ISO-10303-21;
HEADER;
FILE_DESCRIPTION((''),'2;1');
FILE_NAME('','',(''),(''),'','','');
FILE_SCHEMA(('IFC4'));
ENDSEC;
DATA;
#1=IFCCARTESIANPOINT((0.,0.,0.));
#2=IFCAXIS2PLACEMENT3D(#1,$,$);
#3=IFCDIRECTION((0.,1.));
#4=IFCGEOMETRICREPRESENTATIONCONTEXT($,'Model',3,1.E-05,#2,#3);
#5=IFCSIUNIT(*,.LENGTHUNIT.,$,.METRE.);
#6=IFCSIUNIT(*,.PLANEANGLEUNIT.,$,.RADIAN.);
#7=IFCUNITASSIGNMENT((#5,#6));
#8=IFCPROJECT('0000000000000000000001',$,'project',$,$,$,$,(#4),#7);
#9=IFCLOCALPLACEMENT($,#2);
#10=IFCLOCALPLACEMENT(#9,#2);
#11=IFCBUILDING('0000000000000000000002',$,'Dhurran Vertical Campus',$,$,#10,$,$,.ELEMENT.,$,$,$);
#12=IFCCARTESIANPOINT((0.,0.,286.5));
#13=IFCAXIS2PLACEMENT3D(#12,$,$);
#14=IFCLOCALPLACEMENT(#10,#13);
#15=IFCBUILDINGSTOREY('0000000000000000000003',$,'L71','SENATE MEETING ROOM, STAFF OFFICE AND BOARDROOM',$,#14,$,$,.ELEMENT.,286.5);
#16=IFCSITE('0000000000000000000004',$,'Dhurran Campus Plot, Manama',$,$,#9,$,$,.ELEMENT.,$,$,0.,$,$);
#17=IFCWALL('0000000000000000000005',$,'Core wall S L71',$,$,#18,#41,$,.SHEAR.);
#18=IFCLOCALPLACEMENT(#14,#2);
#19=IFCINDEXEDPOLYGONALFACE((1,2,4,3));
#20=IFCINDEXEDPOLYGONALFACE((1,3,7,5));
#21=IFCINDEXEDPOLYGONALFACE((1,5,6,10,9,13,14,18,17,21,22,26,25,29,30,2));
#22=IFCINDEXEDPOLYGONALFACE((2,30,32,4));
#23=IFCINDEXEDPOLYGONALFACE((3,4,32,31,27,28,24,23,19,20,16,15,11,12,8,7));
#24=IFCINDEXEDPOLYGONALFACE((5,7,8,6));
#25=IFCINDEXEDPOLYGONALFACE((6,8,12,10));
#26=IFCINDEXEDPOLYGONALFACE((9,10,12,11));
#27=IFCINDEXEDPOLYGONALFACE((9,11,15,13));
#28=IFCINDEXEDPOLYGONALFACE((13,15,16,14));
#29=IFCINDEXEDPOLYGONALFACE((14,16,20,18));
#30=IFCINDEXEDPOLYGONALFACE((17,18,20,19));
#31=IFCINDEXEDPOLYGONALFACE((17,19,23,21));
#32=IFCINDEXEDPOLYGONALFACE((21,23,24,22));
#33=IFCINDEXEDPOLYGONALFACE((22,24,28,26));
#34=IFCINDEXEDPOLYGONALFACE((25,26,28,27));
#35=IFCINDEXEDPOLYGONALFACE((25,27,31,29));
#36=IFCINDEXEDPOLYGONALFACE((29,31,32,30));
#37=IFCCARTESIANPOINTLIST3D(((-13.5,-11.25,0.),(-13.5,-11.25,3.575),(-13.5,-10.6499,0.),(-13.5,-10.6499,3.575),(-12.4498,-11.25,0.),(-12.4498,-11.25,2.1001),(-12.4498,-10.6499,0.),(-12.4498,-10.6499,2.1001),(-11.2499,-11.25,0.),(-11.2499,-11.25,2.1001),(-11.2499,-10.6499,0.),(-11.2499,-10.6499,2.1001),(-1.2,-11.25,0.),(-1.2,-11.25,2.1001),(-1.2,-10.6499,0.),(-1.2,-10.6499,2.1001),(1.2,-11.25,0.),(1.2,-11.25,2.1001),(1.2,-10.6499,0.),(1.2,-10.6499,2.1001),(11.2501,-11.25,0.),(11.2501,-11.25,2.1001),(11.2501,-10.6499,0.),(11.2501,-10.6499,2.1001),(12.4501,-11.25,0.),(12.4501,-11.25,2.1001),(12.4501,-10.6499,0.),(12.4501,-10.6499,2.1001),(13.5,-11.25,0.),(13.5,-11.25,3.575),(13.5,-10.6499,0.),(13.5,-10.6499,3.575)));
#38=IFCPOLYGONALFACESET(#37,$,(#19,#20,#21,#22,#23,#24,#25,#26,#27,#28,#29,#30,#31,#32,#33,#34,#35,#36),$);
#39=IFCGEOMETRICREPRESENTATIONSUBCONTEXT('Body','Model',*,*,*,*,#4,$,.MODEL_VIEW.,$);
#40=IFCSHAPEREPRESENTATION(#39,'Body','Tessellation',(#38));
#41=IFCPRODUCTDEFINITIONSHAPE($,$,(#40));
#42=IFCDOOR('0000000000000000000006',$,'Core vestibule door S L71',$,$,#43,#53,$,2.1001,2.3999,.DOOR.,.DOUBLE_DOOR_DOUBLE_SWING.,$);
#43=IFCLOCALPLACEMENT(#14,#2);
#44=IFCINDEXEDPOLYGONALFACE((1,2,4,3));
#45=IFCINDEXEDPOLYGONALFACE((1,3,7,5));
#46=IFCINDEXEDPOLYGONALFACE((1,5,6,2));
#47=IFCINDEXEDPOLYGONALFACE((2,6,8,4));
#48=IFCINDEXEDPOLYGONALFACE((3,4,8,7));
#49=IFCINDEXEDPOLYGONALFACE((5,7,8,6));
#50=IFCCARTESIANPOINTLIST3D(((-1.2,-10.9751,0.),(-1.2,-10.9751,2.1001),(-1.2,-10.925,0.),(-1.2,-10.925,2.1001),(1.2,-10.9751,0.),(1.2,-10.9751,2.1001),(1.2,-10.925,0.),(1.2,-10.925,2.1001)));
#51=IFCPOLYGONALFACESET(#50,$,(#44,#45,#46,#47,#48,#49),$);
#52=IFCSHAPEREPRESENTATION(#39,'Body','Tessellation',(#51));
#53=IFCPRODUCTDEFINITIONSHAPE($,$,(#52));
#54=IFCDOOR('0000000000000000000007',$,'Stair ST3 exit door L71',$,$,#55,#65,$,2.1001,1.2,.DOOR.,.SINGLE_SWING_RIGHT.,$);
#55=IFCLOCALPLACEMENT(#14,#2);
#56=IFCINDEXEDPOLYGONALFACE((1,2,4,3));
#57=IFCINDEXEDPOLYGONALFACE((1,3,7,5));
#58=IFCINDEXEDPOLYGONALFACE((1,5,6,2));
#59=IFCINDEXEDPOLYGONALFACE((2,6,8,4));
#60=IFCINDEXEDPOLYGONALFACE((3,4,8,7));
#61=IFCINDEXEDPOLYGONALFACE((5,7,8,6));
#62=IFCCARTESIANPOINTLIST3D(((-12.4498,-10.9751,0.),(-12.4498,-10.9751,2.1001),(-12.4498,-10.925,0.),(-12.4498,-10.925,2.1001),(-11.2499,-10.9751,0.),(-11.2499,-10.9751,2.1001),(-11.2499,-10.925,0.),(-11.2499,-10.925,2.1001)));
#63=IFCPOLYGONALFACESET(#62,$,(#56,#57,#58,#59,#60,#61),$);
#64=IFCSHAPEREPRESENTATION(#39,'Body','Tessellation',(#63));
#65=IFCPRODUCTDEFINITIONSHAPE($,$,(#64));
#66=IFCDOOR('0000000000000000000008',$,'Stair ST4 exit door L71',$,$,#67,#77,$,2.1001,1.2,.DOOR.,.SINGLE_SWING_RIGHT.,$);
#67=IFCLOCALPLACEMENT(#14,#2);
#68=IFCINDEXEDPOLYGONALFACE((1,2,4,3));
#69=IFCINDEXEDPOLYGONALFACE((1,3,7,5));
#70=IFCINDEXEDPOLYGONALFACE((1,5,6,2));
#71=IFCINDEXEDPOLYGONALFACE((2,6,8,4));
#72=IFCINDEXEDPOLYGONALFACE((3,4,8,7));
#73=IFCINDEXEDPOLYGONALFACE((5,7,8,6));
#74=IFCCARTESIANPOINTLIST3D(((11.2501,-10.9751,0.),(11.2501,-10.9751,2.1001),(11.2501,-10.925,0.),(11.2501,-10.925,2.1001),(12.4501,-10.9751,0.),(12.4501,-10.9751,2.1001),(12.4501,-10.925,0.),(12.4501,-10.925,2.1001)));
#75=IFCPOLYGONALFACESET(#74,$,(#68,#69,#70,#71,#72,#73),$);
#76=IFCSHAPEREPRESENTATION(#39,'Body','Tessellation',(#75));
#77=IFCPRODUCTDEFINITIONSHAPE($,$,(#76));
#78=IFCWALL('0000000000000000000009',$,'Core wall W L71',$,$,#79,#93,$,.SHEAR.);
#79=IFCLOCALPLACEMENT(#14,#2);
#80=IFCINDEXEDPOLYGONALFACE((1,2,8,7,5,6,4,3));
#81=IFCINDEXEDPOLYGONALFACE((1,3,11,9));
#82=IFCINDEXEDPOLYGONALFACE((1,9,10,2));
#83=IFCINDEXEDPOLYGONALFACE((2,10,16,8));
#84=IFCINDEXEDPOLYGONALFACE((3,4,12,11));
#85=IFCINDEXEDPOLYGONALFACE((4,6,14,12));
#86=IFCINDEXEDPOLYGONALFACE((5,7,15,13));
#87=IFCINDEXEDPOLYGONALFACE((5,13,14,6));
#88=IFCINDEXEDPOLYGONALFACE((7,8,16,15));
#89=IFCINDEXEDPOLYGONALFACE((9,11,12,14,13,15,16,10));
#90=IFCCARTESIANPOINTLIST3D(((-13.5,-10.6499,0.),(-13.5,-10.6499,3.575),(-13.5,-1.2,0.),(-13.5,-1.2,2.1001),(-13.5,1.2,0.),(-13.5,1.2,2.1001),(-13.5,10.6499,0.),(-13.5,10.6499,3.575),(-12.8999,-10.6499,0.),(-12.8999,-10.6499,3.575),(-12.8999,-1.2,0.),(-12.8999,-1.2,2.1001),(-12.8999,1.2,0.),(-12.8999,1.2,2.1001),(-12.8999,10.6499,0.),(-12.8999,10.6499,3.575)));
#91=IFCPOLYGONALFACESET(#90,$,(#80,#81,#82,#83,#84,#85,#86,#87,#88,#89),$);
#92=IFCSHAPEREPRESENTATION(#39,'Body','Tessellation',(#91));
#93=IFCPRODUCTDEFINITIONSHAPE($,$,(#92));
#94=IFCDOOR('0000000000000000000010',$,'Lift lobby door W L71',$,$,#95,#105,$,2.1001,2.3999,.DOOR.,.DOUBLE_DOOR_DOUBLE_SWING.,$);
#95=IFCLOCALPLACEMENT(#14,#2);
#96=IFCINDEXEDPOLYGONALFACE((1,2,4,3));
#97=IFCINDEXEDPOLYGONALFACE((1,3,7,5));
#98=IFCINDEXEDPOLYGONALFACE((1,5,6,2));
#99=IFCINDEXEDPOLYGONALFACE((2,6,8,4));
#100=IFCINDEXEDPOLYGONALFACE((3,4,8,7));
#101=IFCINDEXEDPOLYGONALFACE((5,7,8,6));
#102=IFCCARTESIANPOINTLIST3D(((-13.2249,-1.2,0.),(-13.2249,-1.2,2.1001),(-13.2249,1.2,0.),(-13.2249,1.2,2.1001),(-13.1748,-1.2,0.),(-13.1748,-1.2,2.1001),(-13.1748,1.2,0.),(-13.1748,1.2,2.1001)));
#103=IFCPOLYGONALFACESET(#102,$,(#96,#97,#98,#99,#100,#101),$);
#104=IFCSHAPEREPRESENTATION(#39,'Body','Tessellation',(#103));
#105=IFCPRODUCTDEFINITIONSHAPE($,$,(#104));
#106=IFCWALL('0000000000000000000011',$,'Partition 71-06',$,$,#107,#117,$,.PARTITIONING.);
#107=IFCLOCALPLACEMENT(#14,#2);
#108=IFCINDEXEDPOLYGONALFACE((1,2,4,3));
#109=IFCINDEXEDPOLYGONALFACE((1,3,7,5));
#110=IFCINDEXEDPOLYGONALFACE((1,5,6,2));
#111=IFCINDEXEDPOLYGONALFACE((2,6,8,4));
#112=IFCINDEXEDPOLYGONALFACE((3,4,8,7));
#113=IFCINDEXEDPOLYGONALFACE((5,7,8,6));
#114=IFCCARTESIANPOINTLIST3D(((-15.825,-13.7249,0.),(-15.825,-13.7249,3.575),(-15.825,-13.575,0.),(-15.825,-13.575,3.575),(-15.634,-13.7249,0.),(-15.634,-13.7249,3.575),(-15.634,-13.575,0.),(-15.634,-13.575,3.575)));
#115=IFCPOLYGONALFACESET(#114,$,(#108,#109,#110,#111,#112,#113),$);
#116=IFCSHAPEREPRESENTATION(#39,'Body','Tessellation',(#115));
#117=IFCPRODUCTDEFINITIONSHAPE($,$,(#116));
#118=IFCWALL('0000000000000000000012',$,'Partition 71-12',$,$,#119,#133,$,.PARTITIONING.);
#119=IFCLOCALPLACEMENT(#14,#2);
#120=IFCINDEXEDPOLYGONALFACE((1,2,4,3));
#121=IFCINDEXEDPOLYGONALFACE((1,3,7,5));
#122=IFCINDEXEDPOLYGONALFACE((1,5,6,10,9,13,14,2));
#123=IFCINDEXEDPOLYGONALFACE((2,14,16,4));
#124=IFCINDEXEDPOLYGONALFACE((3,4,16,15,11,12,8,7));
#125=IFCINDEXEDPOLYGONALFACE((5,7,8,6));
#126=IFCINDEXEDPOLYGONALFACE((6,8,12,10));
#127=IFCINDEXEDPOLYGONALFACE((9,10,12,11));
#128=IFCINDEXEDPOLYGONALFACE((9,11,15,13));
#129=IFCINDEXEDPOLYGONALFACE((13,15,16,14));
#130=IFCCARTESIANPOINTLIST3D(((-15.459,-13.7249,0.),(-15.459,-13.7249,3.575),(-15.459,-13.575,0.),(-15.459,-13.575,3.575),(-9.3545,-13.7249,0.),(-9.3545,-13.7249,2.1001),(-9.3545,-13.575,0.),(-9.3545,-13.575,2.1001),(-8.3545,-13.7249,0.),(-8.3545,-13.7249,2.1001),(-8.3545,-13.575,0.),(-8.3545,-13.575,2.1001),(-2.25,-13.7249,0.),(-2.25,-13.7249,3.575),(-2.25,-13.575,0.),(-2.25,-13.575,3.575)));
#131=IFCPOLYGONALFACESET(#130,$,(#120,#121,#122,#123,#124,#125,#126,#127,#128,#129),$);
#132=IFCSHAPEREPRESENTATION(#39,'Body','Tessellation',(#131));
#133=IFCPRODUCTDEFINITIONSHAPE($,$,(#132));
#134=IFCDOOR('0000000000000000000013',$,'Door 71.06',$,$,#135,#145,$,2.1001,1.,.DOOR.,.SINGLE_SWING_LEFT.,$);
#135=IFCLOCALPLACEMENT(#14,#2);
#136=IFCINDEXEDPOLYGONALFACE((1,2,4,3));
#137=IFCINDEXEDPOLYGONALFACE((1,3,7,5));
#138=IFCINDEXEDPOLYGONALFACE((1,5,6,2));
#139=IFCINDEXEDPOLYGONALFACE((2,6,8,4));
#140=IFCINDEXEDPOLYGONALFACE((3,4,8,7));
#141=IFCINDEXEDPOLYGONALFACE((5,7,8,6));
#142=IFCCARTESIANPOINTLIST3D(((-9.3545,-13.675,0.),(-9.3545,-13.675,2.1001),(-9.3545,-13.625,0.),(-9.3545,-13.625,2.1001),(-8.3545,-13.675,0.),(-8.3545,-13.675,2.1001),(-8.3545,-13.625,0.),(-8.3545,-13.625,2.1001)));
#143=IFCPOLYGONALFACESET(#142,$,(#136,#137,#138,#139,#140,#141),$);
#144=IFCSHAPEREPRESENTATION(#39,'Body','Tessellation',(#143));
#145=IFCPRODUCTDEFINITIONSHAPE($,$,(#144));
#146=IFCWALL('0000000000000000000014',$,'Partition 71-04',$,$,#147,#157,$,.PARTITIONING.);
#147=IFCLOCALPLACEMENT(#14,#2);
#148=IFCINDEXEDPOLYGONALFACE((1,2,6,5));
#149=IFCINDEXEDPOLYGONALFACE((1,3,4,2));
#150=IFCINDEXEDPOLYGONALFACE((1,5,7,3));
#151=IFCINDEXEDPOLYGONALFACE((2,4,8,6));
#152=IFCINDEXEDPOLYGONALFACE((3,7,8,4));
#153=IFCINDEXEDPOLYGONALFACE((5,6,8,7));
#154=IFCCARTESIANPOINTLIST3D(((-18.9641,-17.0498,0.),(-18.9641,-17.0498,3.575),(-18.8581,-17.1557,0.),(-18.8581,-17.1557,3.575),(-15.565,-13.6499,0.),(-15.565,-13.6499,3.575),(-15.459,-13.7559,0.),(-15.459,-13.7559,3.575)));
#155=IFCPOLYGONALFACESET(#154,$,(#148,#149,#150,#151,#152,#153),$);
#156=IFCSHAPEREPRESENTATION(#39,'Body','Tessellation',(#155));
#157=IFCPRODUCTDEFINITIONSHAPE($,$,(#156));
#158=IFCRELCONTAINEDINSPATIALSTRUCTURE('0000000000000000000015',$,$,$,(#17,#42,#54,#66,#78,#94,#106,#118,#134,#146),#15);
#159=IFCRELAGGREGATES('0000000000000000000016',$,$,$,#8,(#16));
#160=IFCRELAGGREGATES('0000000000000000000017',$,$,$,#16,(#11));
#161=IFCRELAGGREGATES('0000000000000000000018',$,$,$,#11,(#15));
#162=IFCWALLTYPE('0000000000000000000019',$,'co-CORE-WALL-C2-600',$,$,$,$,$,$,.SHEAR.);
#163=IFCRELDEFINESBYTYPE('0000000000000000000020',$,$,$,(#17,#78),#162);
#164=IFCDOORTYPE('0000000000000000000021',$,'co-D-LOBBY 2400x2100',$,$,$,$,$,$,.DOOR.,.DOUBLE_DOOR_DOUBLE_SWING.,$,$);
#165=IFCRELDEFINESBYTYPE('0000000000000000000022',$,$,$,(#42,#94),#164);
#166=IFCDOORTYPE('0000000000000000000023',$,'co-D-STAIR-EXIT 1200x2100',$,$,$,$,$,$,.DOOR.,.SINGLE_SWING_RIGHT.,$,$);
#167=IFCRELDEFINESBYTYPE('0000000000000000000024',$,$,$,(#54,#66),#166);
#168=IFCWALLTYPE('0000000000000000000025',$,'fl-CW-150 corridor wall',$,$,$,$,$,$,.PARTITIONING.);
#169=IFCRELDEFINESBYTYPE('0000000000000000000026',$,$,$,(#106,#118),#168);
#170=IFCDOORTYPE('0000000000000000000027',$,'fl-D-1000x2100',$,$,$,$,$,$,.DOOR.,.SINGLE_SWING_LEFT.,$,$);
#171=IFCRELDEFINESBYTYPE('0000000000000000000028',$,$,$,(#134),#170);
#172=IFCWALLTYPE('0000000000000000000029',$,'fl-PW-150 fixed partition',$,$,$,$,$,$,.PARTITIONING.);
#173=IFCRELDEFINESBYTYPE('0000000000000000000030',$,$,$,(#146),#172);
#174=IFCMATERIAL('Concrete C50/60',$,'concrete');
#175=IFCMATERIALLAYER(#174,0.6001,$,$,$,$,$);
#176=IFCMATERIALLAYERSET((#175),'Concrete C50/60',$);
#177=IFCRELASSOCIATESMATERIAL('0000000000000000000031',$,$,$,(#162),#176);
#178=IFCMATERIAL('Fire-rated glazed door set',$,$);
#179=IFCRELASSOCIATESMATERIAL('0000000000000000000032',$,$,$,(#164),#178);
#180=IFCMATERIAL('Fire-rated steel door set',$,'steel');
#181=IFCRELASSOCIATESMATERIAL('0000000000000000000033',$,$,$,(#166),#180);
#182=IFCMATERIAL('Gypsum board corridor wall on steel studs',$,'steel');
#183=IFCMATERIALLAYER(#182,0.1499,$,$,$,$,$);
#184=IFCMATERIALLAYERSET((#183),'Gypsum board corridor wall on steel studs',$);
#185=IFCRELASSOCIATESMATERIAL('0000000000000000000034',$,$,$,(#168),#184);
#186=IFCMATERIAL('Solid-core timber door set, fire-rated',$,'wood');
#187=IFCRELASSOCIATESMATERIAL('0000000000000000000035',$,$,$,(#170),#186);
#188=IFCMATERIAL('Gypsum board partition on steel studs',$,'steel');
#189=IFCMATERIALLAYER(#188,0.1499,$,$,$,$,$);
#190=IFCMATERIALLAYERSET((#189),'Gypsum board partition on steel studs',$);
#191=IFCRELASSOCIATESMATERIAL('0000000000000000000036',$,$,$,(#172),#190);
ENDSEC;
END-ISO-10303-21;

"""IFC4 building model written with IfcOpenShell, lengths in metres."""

from ifc_helpers import new_model, si_unit, direction, frame, frame_2d, origin, place, context, subcontext, project, spatial, rectangle, extrude, material, layer, layer_set, type_object, element, fill, save


model = new_model("IFC4")

# Units and contexts
model_context = context("Model", 3, precision=1e-05, world=origin(), true_north=direction((0.0, 1.0)))
body_context = subcontext(model_context, "Body", "Model", "MODEL_VIEW")
ifc_project = project(units=[si_unit("LENGTHUNIT", "METRE"), si_unit("PLANEANGLEUNIT", "RADIAN")], contexts=[model_context])

# Site, building, storey
site_placement = place(None, origin())
site = spatial("IfcSite", under=ifc_project, at=site_placement, Name="Dhurran Campus Plot, Manama", CompositionType="ELEMENT", RefElevation=0.0)
building_placement = place(site_placement, origin())
building = spatial("IfcBuilding", under=site, at=building_placement, Name="Dhurran Vertical Campus", CompositionType="ELEMENT")
storey_placement = place(building_placement, frame((0.0, 0.0, 286.5)))
storey = spatial("IfcBuildingStorey", under=building, at=storey_placement, Name="L71", Description="SENATE MEETING ROOM, STAFF OFFICE AND BOARDROOM", CompositionType="ELEMENT", Elevation=286.5)

# Wall, openings, doors
ifc_material_1 = material(Name="Concrete C50/60", Category="concrete")
ifc_layer_1 = layer(ifc_material_1, 0.6001)
ifc_layer_set_1 = layer_set([ifc_layer_1], Name="Concrete C50/60")
wall_type_1 = type_object("IfcWallType", Name="co-CORE-WALL-C2-600", PredefinedType="SHEAR", material=ifc_layer_set_1)
wall_1_placement = place(storey_placement, frame((-13.5, -10.95, 0.0), z_axis=(0.0, 0.0, 1.0), x_axis=(1.0, 0.0, 0.0)))
wall_1 = element("IfcWall", 1, at=wall_1_placement, inside=storey, type_object=wall_type_1, Name="Core wall S L71", PredefinedType="SHEAR", context=body_context, shape_type="SweptSolid", body=[
    extrude(rectangle(XDim=27.0, YDim=0.6001, at=frame_2d((13.5, 0.0))), origin(), (0.0, 0.0, 1.0), 3.575),
])
opening_1_placement = place(wall_1_placement, frame((12.3, 0.0, 0.0)))
opening_1 = element("IfcOpeningElement", 2, at=opening_1_placement, cuts=wall_1, PredefinedType="OPENING", context=body_context, shape_type="SweptSolid", body=[
    extrude(rectangle(XDim=2.3999, YDim=2.1001, at=frame_2d((1.2, 1.05))), frame((0.0, 0.3101, 0.0), z_axis=(0.0, -1.0, 0.0), x_axis=(1.0, 0.0, 0.0)), (0.0, 0.0, 1.0), 0.6201),
])
opening_2_placement = place(wall_1_placement, frame((1.05, 0.0, 0.0)))
opening_2 = element("IfcOpeningElement", 3, at=opening_2_placement, cuts=wall_1, PredefinedType="OPENING", context=body_context, shape_type="SweptSolid", body=[
    extrude(rectangle(XDim=1.2, YDim=2.1001, at=frame_2d((0.6001, 1.05))), frame((0.0, 0.3101, 0.0), z_axis=(0.0, -1.0, 0.0), x_axis=(1.0, 0.0, 0.0)), (0.0, 0.0, 1.0), 0.6201),
])
opening_3_placement = place(wall_1_placement, frame((24.75, 0.0, 0.0)))
opening_3 = element("IfcOpeningElement", 4, at=opening_3_placement, cuts=wall_1, PredefinedType="OPENING", context=body_context, shape_type="SweptSolid", body=[
    extrude(rectangle(XDim=1.2, YDim=2.1001, at=frame_2d((0.6001, 1.05))), frame((0.0, 0.3101, 0.0), z_axis=(0.0, -1.0, 0.0), x_axis=(1.0, 0.0, 0.0)), (0.0, 0.0, 1.0), 0.6201),
])
ifc_material_2 = material(Name="Fire-rated glazed door set")
door_type_1 = type_object("IfcDoorType", Name="co-D-LOBBY 2400x2100", OperationType="DOUBLE_DOOR_DOUBLE_SWING", PredefinedType="DOOR", material=ifc_material_2)
door_1_placement = place(opening_1_placement, origin())
door_1 = element("IfcDoor", 5, at=door_1_placement, inside=storey, type_object=door_type_1, Name="Core vestibule door S L71", OperationType="DOUBLE_DOOR_DOUBLE_SWING", OverallHeight=2.1001, OverallWidth=2.3999, PredefinedType="DOOR", context=body_context, shape_type="SweptSolid", body=[
    extrude(rectangle(XDim=2.3999, YDim=2.1001, at=frame_2d((1.2, 1.05))), frame((0.0, 0.0249, 0.0), z_axis=(0.0, -1.0, 0.0), x_axis=(1.0, 0.0, 0.0)), (0.0, 0.0, 1.0), 0.05),
])
fill(opening_1, door_1)
ifc_material_3 = material(Name="Fire-rated steel door set", Category="steel")
door_type_2 = type_object("IfcDoorType", Name="co-D-STAIR-EXIT 1200x2100", OperationType="SINGLE_SWING_RIGHT", PredefinedType="DOOR", material=ifc_material_3)
door_2_placement = place(opening_2_placement, origin())
door_2 = element("IfcDoor", 6, at=door_2_placement, inside=storey, type_object=door_type_2, Name="Stair ST3 exit door L71", OperationType="SINGLE_SWING_RIGHT", OverallHeight=2.1001, OverallWidth=1.2, PredefinedType="DOOR", context=body_context, shape_type="SweptSolid", body=[
    extrude(rectangle(XDim=1.2, YDim=2.1001, at=frame_2d((0.6001, 1.05))), frame((0.0, 0.0249, 0.0), z_axis=(0.0, -1.0, 0.0), x_axis=(1.0, 0.0, 0.0)), (0.0, 0.0, 1.0), 0.05),
])
fill(opening_2, door_2)
door_3_placement = place(opening_3_placement, origin())
door_3 = element("IfcDoor", 7, at=door_3_placement, inside=storey, type_object=door_type_2, Name="Stair ST4 exit door L71", OperationType="SINGLE_SWING_RIGHT", OverallHeight=2.1001, OverallWidth=1.2, PredefinedType="DOOR", context=body_context, shape_type="SweptSolid", body=[
    extrude(rectangle(XDim=1.2, YDim=2.1001, at=frame_2d((0.6001, 1.05))), frame((0.0, 0.0249, 0.0), z_axis=(0.0, -1.0, 0.0), x_axis=(1.0, 0.0, 0.0)), (0.0, 0.0, 1.0), 0.05),
])
fill(opening_3, door_3)

# Wall, opening, door
wall_2_placement = place(storey_placement, frame((-13.2, -10.6499, 0.0), z_axis=(0.0, 0.0, 1.0), x_axis=(0.0, 1.0, 0.0)))
wall_2 = element("IfcWall", 8, at=wall_2_placement, inside=storey, type_object=wall_type_1, Name="Core wall W L71", PredefinedType="SHEAR", context=body_context, shape_type="SweptSolid", body=[
    extrude(rectangle(XDim=21.2998, YDim=0.6001, at=frame_2d((10.6499, 0.0))), origin(), (0.0, 0.0, 1.0), 3.575),
])
opening_4_placement = place(wall_2_placement, frame((9.45, 0.0, 0.0)))
opening_4 = element("IfcOpeningElement", 9, at=opening_4_placement, cuts=wall_2, PredefinedType="OPENING", context=body_context, shape_type="SweptSolid", body=[
    extrude(rectangle(XDim=2.3999, YDim=2.1001, at=frame_2d((1.2, 1.05))), frame((0.0, 0.3101, 0.0), z_axis=(0.0, -1.0, 0.0), x_axis=(1.0, 0.0, 0.0)), (0.0, 0.0, 1.0), 0.6201),
])
door_4_placement = place(opening_4_placement, origin())
door_4 = element("IfcDoor", 10, at=door_4_placement, inside=storey, type_object=door_type_1, Name="Lift lobby door W L71", OperationType="DOUBLE_DOOR_DOUBLE_SWING", OverallHeight=2.1001, OverallWidth=2.3999, PredefinedType="DOOR", context=body_context, shape_type="SweptSolid", body=[
    extrude(rectangle(XDim=2.3999, YDim=2.1001, at=frame_2d((1.2, 1.05))), frame((0.0, 0.0249, 0.0), z_axis=(0.0, -1.0, 0.0), x_axis=(1.0, 0.0, 0.0)), (0.0, 0.0, 1.0), 0.05),
])
fill(opening_4, door_4)

# Wall
ifc_material_4 = material(Name="Gypsum board corridor wall on steel studs", Category="steel")
ifc_layer_2 = layer(ifc_material_4, 0.1499)
ifc_layer_set_2 = layer_set([ifc_layer_2], Name="Gypsum board corridor wall on steel studs")
wall_type_2 = type_object("IfcWallType", Name="fl-CW-150 corridor wall", PredefinedType="PARTITIONING", material=ifc_layer_set_2)
wall_3_placement = place(storey_placement, frame((-15.825, -13.6499, 0.0), z_axis=(0.0, 0.0, 1.0), x_axis=(1.0, 0.0, 0.0)))
element("IfcWall", 11, at=wall_3_placement, inside=storey, type_object=wall_type_2, Name="Partition 71-06", PredefinedType="PARTITIONING", context=body_context, shape_type="SweptSolid", body=[
    extrude(rectangle(XDim=0.1909, YDim=0.1499, at=frame_2d((0.0955, 0.0))), origin(), (0.0, 0.0, 1.0), 3.575),
])

# Wall, opening, door
wall_4_placement = place(storey_placement, frame((-15.459, -13.6499, 0.0), z_axis=(0.0, 0.0, 1.0), x_axis=(1.0, 0.0, 0.0)))
wall_4 = element("IfcWall", 12, at=wall_4_placement, inside=storey, type_object=wall_type_2, Name="Partition 71-12", PredefinedType="PARTITIONING", context=body_context, shape_type="SweptSolid", body=[
    extrude(rectangle(XDim=13.209, YDim=0.1499, at=frame_2d((6.6045, 0.0))), origin(), (0.0, 0.0, 1.0), 3.575),
])
opening_5_placement = place(wall_4_placement, frame((6.1045, 0.0, 0.0)))
opening_5 = element("IfcOpeningElement", 13, at=opening_5_placement, cuts=wall_4, PredefinedType="OPENING", context=body_context, shape_type="SweptSolid", body=[
    extrude(rectangle(XDim=1.0, YDim=2.1001, at=frame_2d((0.5, 1.05))), frame((0.0, 0.085, 0.0), z_axis=(0.0, -1.0, 0.0), x_axis=(1.0, 0.0, 0.0)), (0.0, 0.0, 1.0), 0.1699),
])
ifc_material_5 = material(Name="Solid-core timber door set, fire-rated", Category="wood")
door_type_3 = type_object("IfcDoorType", Name="fl-D-1000x2100", OperationType="SINGLE_SWING_LEFT", PredefinedType="DOOR", material=ifc_material_5)
door_5_placement = place(opening_5_placement, origin())
door_5 = element("IfcDoor", 14, at=door_5_placement, inside=storey, type_object=door_type_3, Name="Door 71.06", OperationType="SINGLE_SWING_LEFT", OverallHeight=2.1001, OverallWidth=1.0, PredefinedType="DOOR", context=body_context, shape_type="SweptSolid", body=[
    extrude(rectangle(XDim=1.0, YDim=2.1001, at=frame_2d((0.5, 1.05))), frame((0.0, 0.0249, 0.0), z_axis=(0.0, -1.0, 0.0), x_axis=(1.0, 0.0, 0.0)), (0.0, 0.0, 1.0), 0.05),
])
fill(opening_5, door_5)

# Wall
ifc_material_6 = material(Name="Gypsum board partition on steel studs", Category="steel")
ifc_layer_3 = layer(ifc_material_6, 0.1499)
ifc_layer_set_3 = layer_set([ifc_layer_3], Name="Gypsum board partition on steel studs")
wall_type_3 = type_object("IfcWallType", Name="fl-PW-150 fixed partition", PredefinedType="PARTITIONING", material=ifc_layer_set_3)
wall_5_placement = place(storey_placement, frame((-15.512, -13.7029, 0.0), z_axis=(0.0, 0.0, 1.0), x_axis=(-0.707031, -0.707183, 0.0)))
element("IfcWall", 15, at=wall_5_placement, inside=storey, type_object=wall_type_3, Name="Partition 71-04", PredefinedType="PARTITIONING", context=body_context, shape_type="SweptSolid", body=[
    extrude(rectangle(XDim=4.8076, YDim=0.1499, at=frame_2d((2.4038, 0.0))), origin(), (0.0, 0.0, 1.0), 3.575),
])

save(model, "model.ifc")
